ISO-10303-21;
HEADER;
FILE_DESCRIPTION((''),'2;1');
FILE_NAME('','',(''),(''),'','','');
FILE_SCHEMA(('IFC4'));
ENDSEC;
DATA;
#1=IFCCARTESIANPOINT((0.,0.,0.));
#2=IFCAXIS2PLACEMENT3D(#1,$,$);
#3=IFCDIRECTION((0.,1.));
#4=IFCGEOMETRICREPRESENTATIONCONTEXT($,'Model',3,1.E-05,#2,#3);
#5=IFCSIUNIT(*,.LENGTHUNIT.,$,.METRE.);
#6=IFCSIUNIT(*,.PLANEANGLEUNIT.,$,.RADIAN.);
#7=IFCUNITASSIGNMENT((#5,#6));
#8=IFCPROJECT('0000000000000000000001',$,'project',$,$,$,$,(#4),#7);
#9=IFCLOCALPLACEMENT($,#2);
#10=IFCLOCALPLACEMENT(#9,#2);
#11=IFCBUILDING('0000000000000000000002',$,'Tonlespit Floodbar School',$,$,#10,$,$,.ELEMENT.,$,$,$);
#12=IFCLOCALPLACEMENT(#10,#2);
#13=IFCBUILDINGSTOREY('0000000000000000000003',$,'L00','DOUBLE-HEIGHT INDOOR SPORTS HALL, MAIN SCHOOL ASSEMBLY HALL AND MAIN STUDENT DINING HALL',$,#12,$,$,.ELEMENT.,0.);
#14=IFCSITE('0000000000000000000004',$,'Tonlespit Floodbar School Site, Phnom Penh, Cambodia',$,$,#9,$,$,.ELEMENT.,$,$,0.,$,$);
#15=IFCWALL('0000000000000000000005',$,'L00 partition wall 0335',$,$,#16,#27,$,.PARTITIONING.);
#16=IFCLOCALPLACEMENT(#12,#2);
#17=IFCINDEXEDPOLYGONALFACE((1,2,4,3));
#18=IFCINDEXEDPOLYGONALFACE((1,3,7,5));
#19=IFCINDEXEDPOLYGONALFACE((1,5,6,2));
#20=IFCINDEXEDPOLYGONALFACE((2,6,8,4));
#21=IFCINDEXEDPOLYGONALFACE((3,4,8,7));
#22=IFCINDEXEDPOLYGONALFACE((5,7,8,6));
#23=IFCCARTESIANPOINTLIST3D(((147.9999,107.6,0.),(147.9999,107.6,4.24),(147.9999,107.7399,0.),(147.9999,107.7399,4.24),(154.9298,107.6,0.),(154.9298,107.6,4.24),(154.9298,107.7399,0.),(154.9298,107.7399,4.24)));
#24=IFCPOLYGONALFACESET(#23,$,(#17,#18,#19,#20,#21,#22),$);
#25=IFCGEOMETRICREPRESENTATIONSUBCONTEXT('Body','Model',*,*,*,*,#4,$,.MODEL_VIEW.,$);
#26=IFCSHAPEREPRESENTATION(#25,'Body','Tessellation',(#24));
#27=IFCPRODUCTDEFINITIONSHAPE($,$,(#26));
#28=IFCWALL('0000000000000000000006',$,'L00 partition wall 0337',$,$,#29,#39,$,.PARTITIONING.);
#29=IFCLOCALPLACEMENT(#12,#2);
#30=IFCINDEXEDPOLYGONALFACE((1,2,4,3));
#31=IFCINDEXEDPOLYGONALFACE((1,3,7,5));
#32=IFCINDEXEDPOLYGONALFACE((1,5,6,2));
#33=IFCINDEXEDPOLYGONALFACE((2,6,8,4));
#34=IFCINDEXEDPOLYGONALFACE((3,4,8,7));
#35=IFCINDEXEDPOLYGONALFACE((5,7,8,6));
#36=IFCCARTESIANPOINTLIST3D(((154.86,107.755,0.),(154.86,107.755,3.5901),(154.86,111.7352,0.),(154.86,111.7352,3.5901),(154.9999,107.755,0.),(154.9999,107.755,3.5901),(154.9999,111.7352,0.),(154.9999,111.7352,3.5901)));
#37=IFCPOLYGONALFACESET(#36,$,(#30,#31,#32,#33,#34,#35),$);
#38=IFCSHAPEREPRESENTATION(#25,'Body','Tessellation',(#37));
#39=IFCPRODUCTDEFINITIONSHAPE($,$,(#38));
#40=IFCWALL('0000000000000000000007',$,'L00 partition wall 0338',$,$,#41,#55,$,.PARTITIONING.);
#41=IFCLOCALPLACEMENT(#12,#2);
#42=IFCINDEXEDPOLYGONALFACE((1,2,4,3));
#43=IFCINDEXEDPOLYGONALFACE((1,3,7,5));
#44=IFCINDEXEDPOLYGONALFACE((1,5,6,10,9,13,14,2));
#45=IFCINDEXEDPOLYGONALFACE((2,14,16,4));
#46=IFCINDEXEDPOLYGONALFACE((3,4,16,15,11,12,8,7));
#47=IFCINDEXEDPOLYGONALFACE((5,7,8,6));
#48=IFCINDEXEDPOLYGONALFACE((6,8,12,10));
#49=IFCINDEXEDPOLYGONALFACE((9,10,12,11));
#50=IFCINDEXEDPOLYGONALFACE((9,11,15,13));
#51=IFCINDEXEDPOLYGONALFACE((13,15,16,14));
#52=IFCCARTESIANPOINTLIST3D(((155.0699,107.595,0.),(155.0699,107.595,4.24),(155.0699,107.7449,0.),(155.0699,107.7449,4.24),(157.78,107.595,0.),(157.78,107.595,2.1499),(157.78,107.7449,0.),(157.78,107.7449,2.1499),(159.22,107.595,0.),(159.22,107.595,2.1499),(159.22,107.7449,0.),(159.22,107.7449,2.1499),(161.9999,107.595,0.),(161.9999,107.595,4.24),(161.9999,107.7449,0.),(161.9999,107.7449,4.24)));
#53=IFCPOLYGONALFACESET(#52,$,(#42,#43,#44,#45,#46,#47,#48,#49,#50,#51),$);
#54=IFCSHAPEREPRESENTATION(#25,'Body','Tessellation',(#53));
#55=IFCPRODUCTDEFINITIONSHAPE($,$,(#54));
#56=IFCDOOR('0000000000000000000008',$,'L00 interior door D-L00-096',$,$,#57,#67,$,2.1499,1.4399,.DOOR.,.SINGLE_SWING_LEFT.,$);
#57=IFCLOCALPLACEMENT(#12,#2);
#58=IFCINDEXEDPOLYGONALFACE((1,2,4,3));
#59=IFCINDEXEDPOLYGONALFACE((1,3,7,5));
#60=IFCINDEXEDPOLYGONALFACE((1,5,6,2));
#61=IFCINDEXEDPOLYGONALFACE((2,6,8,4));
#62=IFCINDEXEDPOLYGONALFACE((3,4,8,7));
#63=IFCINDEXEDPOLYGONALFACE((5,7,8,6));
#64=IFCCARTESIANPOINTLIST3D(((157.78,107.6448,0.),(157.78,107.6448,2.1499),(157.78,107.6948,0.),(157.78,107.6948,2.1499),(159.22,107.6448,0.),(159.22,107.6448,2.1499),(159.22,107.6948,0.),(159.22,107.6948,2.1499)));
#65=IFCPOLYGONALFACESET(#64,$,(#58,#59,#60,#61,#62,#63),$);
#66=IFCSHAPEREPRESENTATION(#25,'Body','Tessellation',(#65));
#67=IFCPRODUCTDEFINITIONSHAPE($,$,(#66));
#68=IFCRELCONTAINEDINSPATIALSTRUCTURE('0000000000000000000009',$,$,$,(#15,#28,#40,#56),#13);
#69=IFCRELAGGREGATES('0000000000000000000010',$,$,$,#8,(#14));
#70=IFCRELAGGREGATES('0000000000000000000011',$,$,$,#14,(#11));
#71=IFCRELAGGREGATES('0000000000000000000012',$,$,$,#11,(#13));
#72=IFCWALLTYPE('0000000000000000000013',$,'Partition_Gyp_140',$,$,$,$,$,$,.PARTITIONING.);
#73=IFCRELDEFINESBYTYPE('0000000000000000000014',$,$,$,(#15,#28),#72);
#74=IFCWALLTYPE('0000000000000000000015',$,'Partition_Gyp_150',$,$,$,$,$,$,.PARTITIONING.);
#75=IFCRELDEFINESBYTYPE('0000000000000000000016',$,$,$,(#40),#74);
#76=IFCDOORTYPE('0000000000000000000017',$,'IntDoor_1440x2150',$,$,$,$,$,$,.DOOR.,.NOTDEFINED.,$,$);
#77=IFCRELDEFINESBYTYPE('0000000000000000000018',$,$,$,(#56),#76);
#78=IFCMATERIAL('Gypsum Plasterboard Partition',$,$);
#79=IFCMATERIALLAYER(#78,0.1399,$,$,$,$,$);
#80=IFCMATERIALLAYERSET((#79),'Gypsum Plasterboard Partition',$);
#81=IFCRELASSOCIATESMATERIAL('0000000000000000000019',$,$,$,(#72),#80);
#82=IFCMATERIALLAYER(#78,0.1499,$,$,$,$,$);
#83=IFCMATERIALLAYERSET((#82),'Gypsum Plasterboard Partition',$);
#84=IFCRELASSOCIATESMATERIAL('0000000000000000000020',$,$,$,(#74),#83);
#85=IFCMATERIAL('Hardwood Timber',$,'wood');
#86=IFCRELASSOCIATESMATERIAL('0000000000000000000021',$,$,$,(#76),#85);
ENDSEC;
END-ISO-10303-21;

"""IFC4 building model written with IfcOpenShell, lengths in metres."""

from ifc_helpers import new_model, si_unit, direction, frame, frame_2d, origin, place, context, subcontext, project, spatial, rectangle, extrude, material, layer, layer_set, type_object, element, fill, save


model = new_model("IFC4")

# Units and contexts
model_context = context("Model", 3, precision=1e-05, world=origin(), true_north=direction((0.0, 1.0)))
body_context = subcontext(model_context, "Body", "Model", "MODEL_VIEW")
ifc_project = project(units=[si_unit("LENGTHUNIT", "METRE"), si_unit("PLANEANGLEUNIT", "RADIAN")], contexts=[model_context])

# Site, building, storey
site_placement = place(None, origin())
site = spatial("IfcSite", under=ifc_project, at=site_placement, Name="Tonlespit Floodbar School Site, Phnom Penh, Cambodia", CompositionType="ELEMENT", RefElevation=0.0)
building_placement = place(site_placement, origin())
building = spatial("IfcBuilding", under=site, at=building_placement, Name="Tonlespit Floodbar School", CompositionType="ELEMENT")
storey_placement = place(building_placement, origin())
storey = spatial("IfcBuildingStorey", under=building, at=storey_placement, Name="L00", Description="DOUBLE-HEIGHT INDOOR SPORTS HALL, MAIN SCHOOL ASSEMBLY HALL AND MAIN STUDENT DINING HALL", CompositionType="ELEMENT", Elevation=0.0)

# Walls
ifc_material_1 = material(Name="Gypsum Plasterboard Partition")
ifc_layer_1 = layer(ifc_material_1, 0.1399)
ifc_layer_set_1 = layer_set([ifc_layer_1], Name="Gypsum Plasterboard Partition")
wall_type_1 = type_object("IfcWallType", Name="Partition_Gyp_140", PredefinedType="PARTITIONING", material=ifc_layer_set_1)
wall_1_placement = place(storey_placement, frame((148.0, 107.6699, 0.0), z_axis=(0.0, 0.0, 1.0), x_axis=(1.0, 0.0, 0.0)))
element("IfcWall", 1, at=wall_1_placement, inside=storey, type_object=wall_type_1, Name="L00 partition wall 0335", PredefinedType="PARTITIONING", context=body_context, shape_type="SweptSolid", body=[
    extrude(rectangle(XDim=6.9299, YDim=0.1399, at=frame_2d((3.4648, 0.0))), origin(), (0.0, 0.0, 1.0), 4.24),
])
wall_2_placement = place(storey_placement, frame((154.9299, 107.7549, 0.0), z_axis=(0.0, 0.0, 1.0), x_axis=(0.0, 1.0, 0.0)))
element("IfcWall", 2, at=wall_2_placement, inside=storey, type_object=wall_type_1, Name="L00 partition wall 0337", PredefinedType="PARTITIONING", context=body_context, shape_type="SweptSolid", body=[
    extrude(rectangle(XDim=3.9802, YDim=0.1399, at=frame_2d((1.9902, 0.0))), origin(), (0.0, 0.0, 1.0), 3.5901),
])

# Wall, opening, door
ifc_layer_2 = layer(ifc_material_1, 0.1499)
ifc_layer_set_2 = layer_set([ifc_layer_2], Name="Gypsum Plasterboard Partition")
wall_type_2 = type_object("IfcWallType", Name="Partition_Gyp_150", PredefinedType="PARTITIONING", material=ifc_layer_set_2)
wall_3_placement = place(storey_placement, frame((155.0701, 107.6699, 0.0), z_axis=(0.0, 0.0, 1.0), x_axis=(1.0, 0.0, 0.0)))
wall_3 = element("IfcWall", 3, at=wall_3_placement, inside=storey, type_object=wall_type_2, Name="L00 partition wall 0338", PredefinedType="PARTITIONING", context=body_context, shape_type="SweptSolid", body=[
    extrude(rectangle(XDim=6.9299, YDim=0.1499, at=frame_2d((3.4648, 0.0))), origin(), (0.0, 0.0, 1.0), 4.24),
])
opening_placement = place(wall_3_placement, frame((2.71, 0.0, 0.0)))
opening = element("IfcOpeningElement", 4, at=opening_placement, cuts=wall_3, PredefinedType="OPENING", context=body_context, shape_type="SweptSolid", body=[
    extrude(rectangle(XDim=1.4399, YDim=2.1499, at=frame_2d((0.72, 1.075))), frame((0.0, 0.085, 0.0), z_axis=(0.0, -1.0, 0.0), x_axis=(1.0, 0.0, 0.0)), (0.0, 0.0, 1.0), 0.1699),
])
ifc_material_2 = material(Name="Hardwood Timber", Category="wood")
door_type = type_object("IfcDoorType", Name="IntDoor_1440x2150", OperationType="NOTDEFINED", PredefinedType="DOOR", material=ifc_material_2)
door_placement = place(opening_placement, origin())
door = element("IfcDoor", 5, at=door_placement, inside=storey, type_object=door_type, Name="L00 interior door D-L00-096", OperationType="SINGLE_SWING_LEFT", OverallHeight=2.1499, OverallWidth=1.4399, PredefinedType="DOOR", context=body_context, shape_type="SweptSolid", body=[
    extrude(rectangle(XDim=1.4399, YDim=2.1499, at=frame_2d((0.72, 1.075))), frame((0.0, 0.0249, 0.0), z_axis=(0.0, -1.0, 0.0), x_axis=(1.0, 0.0, 0.0)), (0.0, 0.0, 1.0), 0.05),
])
fill(opening, door)

save(model, "model.ifc")
